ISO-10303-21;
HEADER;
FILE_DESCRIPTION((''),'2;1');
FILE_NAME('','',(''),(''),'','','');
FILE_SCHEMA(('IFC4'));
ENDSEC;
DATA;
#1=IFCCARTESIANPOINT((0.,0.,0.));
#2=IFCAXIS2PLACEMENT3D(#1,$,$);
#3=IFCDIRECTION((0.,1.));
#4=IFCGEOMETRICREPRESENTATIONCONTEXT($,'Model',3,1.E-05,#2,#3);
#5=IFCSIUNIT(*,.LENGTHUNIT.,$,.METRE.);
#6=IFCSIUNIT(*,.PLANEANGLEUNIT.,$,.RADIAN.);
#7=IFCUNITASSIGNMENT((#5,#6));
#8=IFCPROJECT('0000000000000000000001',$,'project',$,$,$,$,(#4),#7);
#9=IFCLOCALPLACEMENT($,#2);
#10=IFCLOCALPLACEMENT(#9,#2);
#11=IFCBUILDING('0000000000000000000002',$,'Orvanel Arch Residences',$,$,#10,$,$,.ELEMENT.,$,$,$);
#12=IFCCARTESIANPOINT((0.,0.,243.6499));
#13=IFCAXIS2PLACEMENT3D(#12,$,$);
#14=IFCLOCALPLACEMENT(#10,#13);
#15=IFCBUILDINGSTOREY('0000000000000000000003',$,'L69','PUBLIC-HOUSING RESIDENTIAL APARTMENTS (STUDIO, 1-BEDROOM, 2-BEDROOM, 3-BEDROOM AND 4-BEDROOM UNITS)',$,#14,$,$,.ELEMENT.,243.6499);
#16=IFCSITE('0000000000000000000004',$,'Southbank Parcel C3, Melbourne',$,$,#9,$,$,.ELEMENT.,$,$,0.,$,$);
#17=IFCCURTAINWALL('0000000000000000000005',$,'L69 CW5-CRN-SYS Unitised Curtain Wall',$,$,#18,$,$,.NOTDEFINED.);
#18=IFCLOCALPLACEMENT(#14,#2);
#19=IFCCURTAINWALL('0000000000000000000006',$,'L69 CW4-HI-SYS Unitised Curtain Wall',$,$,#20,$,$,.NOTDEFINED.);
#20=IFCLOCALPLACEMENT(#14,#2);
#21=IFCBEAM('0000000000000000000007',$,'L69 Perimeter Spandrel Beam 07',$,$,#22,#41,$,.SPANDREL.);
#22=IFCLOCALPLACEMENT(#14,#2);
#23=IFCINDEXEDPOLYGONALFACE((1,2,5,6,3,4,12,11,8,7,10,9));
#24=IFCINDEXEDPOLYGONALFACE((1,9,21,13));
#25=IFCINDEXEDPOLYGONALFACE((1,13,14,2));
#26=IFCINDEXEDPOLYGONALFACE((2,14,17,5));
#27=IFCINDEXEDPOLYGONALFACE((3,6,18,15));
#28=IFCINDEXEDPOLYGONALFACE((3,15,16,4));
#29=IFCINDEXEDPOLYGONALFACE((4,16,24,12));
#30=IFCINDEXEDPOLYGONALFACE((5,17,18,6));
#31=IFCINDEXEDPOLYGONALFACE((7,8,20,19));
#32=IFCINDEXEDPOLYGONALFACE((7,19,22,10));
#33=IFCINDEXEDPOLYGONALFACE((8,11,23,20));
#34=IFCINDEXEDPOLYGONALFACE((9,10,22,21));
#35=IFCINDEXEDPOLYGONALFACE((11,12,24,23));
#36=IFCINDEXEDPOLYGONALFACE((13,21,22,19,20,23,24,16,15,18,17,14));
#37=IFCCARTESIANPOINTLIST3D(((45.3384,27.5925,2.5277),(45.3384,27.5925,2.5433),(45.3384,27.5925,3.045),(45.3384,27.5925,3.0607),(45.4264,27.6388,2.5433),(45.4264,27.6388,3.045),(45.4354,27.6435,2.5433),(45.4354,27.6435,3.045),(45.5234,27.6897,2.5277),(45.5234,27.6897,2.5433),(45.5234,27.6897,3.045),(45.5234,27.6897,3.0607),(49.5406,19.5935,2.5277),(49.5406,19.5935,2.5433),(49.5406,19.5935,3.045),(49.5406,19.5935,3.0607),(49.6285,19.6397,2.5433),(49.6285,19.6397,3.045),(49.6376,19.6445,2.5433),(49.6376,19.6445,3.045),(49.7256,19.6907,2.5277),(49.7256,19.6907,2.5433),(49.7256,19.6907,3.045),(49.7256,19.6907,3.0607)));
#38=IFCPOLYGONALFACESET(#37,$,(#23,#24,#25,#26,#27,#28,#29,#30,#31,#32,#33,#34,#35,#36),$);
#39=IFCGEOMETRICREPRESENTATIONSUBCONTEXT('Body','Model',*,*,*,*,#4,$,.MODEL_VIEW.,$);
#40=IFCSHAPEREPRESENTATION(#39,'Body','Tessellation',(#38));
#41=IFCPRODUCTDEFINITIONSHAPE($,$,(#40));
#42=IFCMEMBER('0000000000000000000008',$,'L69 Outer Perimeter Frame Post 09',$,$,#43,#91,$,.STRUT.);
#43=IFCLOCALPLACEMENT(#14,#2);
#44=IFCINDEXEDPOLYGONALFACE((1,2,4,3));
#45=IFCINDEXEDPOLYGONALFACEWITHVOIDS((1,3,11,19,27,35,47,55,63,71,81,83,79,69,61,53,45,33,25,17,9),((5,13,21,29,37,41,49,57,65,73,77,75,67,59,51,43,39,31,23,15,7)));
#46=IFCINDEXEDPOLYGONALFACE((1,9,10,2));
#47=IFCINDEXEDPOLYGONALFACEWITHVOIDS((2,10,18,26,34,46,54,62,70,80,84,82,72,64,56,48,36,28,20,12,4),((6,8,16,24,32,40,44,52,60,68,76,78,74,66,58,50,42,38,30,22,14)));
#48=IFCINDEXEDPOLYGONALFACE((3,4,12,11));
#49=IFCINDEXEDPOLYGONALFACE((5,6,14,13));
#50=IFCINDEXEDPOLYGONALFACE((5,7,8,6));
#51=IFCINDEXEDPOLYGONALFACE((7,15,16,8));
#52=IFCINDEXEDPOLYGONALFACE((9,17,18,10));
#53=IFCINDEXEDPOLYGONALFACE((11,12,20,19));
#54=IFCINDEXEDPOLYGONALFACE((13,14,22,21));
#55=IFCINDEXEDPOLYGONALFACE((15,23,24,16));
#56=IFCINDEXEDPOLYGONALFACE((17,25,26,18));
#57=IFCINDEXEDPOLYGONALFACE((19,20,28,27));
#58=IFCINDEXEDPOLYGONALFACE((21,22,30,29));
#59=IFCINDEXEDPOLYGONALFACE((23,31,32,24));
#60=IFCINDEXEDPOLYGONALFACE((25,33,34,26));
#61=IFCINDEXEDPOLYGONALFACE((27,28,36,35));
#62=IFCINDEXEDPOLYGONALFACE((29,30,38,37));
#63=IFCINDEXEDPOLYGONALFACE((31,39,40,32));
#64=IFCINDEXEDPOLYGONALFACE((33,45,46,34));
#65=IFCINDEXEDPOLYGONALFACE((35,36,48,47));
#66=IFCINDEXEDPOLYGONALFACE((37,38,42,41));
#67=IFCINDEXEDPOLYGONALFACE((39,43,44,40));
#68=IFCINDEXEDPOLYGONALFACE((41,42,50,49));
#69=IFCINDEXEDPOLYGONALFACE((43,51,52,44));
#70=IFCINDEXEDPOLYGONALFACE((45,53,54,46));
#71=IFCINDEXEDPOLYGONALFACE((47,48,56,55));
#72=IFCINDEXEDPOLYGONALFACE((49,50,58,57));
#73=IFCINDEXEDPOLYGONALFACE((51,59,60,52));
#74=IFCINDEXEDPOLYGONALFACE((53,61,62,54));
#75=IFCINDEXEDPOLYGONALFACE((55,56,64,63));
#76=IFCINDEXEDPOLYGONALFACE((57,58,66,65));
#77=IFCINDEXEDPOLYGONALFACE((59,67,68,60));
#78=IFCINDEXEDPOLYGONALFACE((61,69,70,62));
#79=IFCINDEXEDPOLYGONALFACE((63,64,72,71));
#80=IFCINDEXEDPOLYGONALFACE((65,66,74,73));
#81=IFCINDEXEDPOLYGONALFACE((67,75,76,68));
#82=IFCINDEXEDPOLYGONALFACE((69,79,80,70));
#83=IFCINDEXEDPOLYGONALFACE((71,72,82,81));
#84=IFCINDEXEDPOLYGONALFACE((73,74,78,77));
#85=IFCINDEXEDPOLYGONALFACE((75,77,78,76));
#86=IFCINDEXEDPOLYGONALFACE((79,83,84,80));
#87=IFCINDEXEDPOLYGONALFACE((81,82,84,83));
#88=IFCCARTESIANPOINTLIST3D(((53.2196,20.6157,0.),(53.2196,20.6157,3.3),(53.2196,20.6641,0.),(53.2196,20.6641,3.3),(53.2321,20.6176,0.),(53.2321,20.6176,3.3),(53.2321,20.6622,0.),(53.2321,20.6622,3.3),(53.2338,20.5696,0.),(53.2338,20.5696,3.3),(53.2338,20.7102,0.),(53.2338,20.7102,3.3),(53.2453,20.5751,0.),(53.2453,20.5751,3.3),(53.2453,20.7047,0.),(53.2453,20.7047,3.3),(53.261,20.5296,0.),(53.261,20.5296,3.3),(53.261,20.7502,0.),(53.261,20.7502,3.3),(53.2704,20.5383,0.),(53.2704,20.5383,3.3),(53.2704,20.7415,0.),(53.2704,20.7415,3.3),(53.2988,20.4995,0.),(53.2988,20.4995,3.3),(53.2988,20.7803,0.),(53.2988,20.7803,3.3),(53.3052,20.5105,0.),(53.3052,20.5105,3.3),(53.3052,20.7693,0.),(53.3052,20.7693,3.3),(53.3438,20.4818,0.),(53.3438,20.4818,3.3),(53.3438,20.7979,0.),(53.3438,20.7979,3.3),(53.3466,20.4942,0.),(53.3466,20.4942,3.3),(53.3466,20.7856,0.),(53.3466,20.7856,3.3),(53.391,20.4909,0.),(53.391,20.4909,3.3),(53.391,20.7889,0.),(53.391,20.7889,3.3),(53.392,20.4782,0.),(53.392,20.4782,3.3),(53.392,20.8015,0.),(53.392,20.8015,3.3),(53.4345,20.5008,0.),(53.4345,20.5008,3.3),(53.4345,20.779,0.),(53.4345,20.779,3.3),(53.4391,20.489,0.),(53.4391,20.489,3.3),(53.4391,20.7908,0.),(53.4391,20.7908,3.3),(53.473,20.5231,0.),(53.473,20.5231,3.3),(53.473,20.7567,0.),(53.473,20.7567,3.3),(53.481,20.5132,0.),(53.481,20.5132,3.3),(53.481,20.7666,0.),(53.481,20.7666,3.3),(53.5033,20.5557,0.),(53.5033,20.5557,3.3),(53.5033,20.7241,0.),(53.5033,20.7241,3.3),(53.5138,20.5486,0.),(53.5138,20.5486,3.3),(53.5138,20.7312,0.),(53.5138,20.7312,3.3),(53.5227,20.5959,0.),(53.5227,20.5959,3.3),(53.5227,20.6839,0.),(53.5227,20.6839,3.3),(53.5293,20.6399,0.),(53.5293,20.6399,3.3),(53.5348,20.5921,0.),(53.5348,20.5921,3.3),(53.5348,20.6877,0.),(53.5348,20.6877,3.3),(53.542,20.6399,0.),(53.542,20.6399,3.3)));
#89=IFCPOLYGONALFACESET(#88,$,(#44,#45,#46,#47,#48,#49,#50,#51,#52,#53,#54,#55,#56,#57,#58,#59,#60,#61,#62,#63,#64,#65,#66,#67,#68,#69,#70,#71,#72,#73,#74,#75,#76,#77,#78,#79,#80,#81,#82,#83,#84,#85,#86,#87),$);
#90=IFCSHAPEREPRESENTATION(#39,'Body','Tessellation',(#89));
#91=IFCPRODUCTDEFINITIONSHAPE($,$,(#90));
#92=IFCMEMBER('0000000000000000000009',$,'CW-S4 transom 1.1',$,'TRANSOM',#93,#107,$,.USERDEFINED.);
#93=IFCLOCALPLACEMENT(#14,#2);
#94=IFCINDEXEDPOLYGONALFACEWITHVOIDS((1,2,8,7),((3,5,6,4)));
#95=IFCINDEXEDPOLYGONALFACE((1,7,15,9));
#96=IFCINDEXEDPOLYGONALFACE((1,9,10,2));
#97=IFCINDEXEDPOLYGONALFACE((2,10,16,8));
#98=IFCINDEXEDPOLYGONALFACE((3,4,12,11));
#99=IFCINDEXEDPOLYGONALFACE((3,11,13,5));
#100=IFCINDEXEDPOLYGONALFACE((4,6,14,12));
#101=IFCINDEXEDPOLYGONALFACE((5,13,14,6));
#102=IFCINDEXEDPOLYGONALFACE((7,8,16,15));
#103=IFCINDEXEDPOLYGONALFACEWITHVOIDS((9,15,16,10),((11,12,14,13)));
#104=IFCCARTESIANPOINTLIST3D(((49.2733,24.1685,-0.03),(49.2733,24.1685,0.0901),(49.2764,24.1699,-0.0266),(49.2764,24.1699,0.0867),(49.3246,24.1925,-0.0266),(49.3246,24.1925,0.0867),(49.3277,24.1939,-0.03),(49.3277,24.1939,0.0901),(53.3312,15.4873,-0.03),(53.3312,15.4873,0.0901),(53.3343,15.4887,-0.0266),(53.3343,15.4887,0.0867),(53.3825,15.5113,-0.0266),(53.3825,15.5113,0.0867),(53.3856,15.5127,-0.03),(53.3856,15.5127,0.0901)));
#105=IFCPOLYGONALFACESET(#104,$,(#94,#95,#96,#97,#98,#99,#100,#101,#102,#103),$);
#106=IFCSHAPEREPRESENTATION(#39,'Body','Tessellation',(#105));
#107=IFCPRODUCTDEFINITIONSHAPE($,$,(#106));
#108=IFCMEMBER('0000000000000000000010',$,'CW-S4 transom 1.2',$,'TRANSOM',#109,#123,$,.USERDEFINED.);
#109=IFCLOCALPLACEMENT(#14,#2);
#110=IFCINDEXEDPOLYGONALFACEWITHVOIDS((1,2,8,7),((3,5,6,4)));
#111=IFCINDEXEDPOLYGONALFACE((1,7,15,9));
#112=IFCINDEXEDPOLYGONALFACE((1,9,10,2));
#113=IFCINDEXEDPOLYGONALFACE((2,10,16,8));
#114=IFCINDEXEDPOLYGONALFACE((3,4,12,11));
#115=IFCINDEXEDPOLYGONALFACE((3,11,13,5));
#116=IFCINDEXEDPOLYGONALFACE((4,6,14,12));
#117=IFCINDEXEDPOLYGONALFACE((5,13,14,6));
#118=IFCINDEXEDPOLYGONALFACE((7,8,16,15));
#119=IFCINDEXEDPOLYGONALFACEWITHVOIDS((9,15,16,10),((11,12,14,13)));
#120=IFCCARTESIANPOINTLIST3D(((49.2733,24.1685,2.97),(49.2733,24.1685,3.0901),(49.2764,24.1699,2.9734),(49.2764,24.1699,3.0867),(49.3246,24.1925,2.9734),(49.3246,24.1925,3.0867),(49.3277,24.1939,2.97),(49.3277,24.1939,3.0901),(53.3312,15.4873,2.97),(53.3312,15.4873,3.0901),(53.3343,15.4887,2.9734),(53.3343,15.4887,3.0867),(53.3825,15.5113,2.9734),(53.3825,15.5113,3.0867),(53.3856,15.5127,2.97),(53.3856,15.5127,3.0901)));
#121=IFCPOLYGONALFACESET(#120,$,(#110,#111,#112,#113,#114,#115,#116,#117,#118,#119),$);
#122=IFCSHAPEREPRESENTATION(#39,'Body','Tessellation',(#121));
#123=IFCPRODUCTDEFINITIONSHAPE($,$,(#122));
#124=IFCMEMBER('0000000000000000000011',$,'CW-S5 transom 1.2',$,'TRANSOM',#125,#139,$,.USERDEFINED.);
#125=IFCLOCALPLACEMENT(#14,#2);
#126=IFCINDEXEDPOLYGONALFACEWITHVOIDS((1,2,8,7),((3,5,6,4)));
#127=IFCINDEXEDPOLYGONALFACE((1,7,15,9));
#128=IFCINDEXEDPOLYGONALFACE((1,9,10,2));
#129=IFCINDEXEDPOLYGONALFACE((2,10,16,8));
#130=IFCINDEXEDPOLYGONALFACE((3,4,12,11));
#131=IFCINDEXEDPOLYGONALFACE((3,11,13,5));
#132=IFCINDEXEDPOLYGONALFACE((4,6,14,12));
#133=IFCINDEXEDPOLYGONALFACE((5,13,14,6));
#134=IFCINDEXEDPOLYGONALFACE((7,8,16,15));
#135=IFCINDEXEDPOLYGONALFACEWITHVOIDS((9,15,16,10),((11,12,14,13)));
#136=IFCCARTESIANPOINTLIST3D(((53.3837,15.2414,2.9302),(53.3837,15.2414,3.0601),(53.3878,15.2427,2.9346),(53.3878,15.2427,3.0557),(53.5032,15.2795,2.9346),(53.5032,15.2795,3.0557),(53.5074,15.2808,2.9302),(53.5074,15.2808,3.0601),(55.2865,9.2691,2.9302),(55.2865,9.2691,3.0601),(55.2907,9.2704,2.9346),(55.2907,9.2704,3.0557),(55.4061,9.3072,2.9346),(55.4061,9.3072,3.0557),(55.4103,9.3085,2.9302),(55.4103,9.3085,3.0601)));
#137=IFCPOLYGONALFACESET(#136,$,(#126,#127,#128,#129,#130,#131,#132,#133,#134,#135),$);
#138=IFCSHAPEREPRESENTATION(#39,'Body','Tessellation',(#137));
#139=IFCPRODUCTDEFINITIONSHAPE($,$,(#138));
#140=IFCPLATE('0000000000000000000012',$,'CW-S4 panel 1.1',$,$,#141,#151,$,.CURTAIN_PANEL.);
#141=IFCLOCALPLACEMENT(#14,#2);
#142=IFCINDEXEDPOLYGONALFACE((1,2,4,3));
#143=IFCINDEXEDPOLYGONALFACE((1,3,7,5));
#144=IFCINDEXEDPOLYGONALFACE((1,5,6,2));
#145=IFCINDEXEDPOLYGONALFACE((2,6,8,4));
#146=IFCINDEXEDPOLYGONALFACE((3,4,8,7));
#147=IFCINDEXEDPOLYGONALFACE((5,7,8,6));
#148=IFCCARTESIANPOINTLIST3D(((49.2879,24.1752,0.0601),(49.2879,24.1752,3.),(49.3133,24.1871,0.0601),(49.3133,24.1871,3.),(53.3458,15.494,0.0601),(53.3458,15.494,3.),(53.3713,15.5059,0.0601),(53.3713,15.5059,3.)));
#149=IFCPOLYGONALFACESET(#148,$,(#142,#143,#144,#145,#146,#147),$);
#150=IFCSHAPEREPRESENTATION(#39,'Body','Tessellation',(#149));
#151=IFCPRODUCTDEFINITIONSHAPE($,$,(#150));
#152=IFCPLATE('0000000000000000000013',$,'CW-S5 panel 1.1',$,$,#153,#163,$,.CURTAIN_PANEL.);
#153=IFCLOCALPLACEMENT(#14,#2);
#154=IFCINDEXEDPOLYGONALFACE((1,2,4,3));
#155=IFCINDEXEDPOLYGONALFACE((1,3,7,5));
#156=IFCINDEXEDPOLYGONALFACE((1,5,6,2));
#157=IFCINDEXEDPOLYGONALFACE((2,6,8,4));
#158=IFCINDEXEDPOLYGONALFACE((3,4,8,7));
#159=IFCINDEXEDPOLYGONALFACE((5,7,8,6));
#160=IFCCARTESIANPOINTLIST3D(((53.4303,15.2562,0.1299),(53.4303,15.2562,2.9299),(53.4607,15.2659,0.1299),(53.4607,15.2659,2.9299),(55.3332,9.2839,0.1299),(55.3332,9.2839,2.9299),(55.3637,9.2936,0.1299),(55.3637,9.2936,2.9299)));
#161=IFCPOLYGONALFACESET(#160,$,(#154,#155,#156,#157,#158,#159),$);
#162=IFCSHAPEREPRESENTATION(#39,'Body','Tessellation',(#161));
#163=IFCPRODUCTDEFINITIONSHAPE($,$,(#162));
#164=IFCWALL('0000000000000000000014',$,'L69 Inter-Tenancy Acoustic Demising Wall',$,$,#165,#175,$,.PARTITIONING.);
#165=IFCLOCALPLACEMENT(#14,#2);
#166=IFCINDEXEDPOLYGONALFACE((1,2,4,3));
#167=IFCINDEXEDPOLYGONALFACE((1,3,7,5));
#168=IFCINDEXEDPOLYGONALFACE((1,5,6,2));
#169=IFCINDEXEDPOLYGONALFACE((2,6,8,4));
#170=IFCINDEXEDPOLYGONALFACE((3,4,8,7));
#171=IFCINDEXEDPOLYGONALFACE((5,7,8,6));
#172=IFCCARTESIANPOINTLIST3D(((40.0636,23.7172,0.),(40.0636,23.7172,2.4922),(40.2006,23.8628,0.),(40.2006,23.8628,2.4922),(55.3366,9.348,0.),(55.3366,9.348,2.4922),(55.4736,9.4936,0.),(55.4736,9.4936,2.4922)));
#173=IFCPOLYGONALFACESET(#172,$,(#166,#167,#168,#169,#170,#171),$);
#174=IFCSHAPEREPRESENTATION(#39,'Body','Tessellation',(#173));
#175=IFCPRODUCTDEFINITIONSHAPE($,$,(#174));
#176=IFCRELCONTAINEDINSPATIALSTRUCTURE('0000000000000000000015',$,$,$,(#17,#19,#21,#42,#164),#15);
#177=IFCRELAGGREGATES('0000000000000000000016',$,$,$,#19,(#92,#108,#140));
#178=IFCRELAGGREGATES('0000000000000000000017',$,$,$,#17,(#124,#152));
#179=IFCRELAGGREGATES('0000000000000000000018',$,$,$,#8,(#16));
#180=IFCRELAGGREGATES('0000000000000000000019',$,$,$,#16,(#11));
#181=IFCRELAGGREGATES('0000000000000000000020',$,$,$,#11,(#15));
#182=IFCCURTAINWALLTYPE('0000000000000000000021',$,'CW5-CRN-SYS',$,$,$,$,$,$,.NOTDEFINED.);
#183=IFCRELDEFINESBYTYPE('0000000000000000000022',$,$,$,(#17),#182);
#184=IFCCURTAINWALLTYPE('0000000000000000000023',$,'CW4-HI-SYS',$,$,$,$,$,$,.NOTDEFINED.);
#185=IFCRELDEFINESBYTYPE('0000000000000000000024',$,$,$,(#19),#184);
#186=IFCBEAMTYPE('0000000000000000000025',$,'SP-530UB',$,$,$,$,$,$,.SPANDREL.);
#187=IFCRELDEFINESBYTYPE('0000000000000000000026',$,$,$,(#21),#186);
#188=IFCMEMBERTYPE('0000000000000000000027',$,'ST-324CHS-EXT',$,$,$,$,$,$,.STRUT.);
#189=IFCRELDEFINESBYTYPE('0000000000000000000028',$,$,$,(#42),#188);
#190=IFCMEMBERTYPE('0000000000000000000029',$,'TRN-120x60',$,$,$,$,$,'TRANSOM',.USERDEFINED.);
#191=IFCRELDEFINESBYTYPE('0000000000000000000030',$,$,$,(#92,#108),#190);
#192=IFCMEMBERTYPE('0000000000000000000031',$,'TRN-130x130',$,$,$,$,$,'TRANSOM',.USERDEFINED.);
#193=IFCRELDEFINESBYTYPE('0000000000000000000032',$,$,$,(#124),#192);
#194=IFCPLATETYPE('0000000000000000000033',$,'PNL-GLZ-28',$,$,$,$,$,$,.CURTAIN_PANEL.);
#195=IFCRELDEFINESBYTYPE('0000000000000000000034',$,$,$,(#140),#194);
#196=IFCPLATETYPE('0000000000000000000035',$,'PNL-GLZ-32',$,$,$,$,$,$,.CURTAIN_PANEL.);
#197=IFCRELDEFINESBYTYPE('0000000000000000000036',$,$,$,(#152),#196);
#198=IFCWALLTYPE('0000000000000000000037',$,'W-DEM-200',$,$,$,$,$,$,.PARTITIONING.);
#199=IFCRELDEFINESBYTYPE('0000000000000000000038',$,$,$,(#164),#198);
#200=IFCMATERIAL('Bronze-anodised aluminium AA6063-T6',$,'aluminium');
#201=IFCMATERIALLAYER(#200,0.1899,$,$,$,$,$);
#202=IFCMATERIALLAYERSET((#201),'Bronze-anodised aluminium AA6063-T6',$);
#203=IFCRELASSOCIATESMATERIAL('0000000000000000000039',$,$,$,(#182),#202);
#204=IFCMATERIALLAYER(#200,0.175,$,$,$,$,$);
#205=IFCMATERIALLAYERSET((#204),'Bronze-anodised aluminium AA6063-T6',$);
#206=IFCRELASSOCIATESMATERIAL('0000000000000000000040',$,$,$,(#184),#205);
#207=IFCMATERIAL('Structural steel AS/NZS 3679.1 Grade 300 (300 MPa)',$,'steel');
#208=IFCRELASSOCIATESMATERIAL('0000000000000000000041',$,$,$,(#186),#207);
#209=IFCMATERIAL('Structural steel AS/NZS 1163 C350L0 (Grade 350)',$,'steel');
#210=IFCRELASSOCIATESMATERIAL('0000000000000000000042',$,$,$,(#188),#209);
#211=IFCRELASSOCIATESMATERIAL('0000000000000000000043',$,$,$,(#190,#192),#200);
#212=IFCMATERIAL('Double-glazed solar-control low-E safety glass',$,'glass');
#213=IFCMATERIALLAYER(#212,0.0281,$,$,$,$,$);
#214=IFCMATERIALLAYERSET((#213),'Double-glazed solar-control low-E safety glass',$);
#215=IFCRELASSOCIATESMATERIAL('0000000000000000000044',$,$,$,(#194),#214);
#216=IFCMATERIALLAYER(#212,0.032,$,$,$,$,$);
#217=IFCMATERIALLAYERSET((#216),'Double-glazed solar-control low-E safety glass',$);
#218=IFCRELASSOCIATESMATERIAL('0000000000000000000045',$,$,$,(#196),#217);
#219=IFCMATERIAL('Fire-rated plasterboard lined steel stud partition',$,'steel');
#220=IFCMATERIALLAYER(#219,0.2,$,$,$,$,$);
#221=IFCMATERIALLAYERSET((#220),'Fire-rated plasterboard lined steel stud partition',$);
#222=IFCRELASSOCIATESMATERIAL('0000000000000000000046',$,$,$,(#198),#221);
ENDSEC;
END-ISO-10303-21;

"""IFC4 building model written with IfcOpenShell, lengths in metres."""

from ifc_helpers import new_model, si_unit, direction, frame, frame_2d, origin, origin_2d, place, context, subcontext, project, spatial, rectangle, hollow_rectangle, hollow_circle, i_section, extrude, material, layer, layer_set, material_profile, profile_set, type_object, element, aggregate, save


model = new_model("IFC4")

# Units and contexts
model_context = context("Model", 3, precision=1e-05, world=origin(), true_north=direction((0.0, 1.0)))
body_context = subcontext(model_context, "Body", "Model", "MODEL_VIEW")
ifc_project = project(units=[si_unit("LENGTHUNIT", "METRE"), si_unit("PLANEANGLEUNIT", "RADIAN")], contexts=[model_context])

# Site, building, storey
site_placement = place(None, origin())
site = spatial("IfcSite", under=ifc_project, at=site_placement, Name="Southbank Parcel C3, Melbourne", CompositionType="ELEMENT", RefElevation=0.0)
building_placement = place(site_placement, origin())
building = spatial("IfcBuilding", under=site, at=building_placement, Name="Orvanel Arch Residences", CompositionType="ELEMENT")
storey_placement = place(building_placement, frame((0.0, 0.0, 243.6499)))
storey = spatial("IfcBuildingStorey", under=building, at=storey_placement, Name="L69", Description="PUBLIC-HOUSING RESIDENTIAL APARTMENTS (STUDIO, 1-BEDROOM, 2-BEDROOM, 3-BEDROOM AND 4-BEDROOM UNITS)", CompositionType="ELEMENT", Elevation=243.6499)

# Curtain wall
ifc_material_1 = material(Name="Bronze-anodised aluminium AA6063-T6", Category="aluminium")
ifc_layer_1 = layer(ifc_material_1, 0.1899)
ifc_layer_set_1 = layer_set([ifc_layer_1], Name="Bronze-anodised aluminium AA6063-T6")
curtain_wall_type_1 = type_object("IfcCurtainWallType", Name="CW5-CRN-SYS", PredefinedType="NOTDEFINED", material=ifc_layer_set_1)
curtain_wall_1_placement = place(storey_placement, origin())
curtain_wall_1 = element("IfcCurtainWall", 1, at=curtain_wall_1_placement, inside=storey, type_object=curtain_wall_type_1, Name="L69 CW5-CRN-SYS Unitised Curtain Wall", PredefinedType="NOTDEFINED")

# Curtain wall
ifc_layer_2 = layer(ifc_material_1, 0.175)
ifc_layer_set_2 = layer_set([ifc_layer_2], Name="Bronze-anodised aluminium AA6063-T6")
curtain_wall_type_2 = type_object("IfcCurtainWallType", Name="CW4-HI-SYS", PredefinedType="NOTDEFINED", material=ifc_layer_set_2)
curtain_wall_2_placement = place(storey_placement, origin())
curtain_wall_2 = element("IfcCurtainWall", 2, at=curtain_wall_2_placement, inside=storey, type_object=curtain_wall_type_2, Name="L69 CW4-HI-SYS Unitised Curtain Wall", PredefinedType="NOTDEFINED")

# Beam
ifc_material_2 = material(Name="Structural steel AS/NZS 3679.1 Grade 300 (300 MPa)", Category="steel")
ifc_material_profile_1 = material_profile(ifc_material_2, i_section(OverallWidth=0.209, OverallDepth=0.533, WebThickness=0.0103, FlangeThickness=0.0156, at=origin_2d()), Name="530UB92.4")
ifc_profile_set_1 = profile_set([ifc_material_profile_1], Name="Structural steel AS/NZS 3679.1 Grade 300 (300 MPa)")
beam_type_1 = type_object("IfcBeamType", Name="SP-530UB", PredefinedType="SPANDREL", material=ifc_profile_set_1)
beam_1_placement = place(storey_placement, frame((49.6331, 19.6421, 2.7942), z_axis=(-0.465065, 0.885277, 0.0), x_axis=(-0.885277, -0.465065, 0.0)))
element("IfcBeam", 3, at=beam_1_placement, inside=storey, type_object=beam_type_1, Name="L69 Perimeter Spandrel Beam 07", PredefinedType="SPANDREL", context=body_context, shape_type="SweptSolid", body=[
    extrude(i_section(OverallWidth=0.209, OverallDepth=0.533, WebThickness=0.0103, FlangeThickness=0.0156, at=origin_2d()), origin(), (0.0, 0.0, 1.0), 9.0356),
])

# Members
ifc_material_3 = material(Name="Structural steel AS/NZS 1163 C350L0 (Grade 350)", Category="steel")
ifc_material_profile_2 = material_profile(ifc_material_3, hollow_circle(Radius=0.1621, WallThickness=0.0127, at=origin_2d()), Name="CHS324x12.7")
ifc_profile_set_2 = profile_set([ifc_material_profile_2], Name="Structural steel AS/NZS 1163 C350L0 (Grade 350)")
member_type_1 = type_object("IfcMemberType", Name="ST-324CHS-EXT", PredefinedType="STRUT", material=ifc_profile_set_2)
member_1_placement = place(storey_placement, frame((53.3799, 20.6399, 0.0), z_axis=(0.0, 0.0, 1.0), x_axis=(1.0, 0.0, 0.0)))
element("IfcMember", 4, at=member_1_placement, inside=storey, type_object=member_type_1, Name="L69 Outer Perimeter Frame Post 09", PredefinedType="STRUT", context=body_context, shape_type="SweptSolid", body=[
    extrude(hollow_circle(Radius=0.1621, WallThickness=0.0127, at=origin_2d()), origin(), (0.0, 0.0, 1.0), 3.3),
])
ifc_material_profile_3 = material_profile(ifc_material_1, hollow_rectangle(XDim=0.0601, YDim=0.1201, WallThickness=0.0034, at=origin_2d()), Name="ALU120x60x3.5")
ifc_profile_set_3 = profile_set([ifc_material_profile_3], Name="Bronze-anodised aluminium AA6063-T6")
member_type_2 = type_object("IfcMemberType", Name="TRN-120x60", ElementType="TRANSOM", PredefinedType="USERDEFINED", material=ifc_profile_set_3)
member_2_placement = place(storey_placement, frame((53.3584, 15.5, 0.03), z_axis=(-0.423456, 0.905917, 0.0), x_axis=(-0.905917, -0.423456, 0.0)))
member_2 = element("IfcMember", 5, at=member_2_placement, type_object=member_type_2, Name="CW-S4 transom 1.1", ObjectType="TRANSOM", PredefinedType="USERDEFINED", context=body_context, shape_type="SweptSolid", body=[
    extrude(hollow_rectangle(XDim=0.0601, YDim=0.1201, WallThickness=0.0034, at=origin_2d()), origin(), (0.0, 0.0, 1.0), 9.5828),
])
member_3_placement = place(storey_placement, frame((53.3584, 15.5, 3.03), z_axis=(-0.423456, 0.905917, 0.0), x_axis=(-0.905917, -0.423456, 0.0)))
member_3 = element("IfcMember", 6, at=member_3_placement, type_object=member_type_2, Name="CW-S4 transom 1.2", ObjectType="TRANSOM", PredefinedType="USERDEFINED", context=body_context, shape_type="SweptSolid", body=[
    extrude(hollow_rectangle(XDim=0.0601, YDim=0.1201, WallThickness=0.0034, at=origin_2d()), origin(), (0.0, 0.0, 1.0), 9.5828),
])
ifc_material_profile_4 = material_profile(ifc_material_1, hollow_rectangle(XDim=0.1299, YDim=0.1299, WallThickness=0.0044, at=origin_2d()), Name="ALU130x130x4.5")
ifc_profile_set_4 = profile_set([ifc_material_profile_4], Name="Bronze-anodised aluminium AA6063-T6")
member_type_3 = type_object("IfcMemberType", Name="TRN-130x130", ElementType="TRANSOM", PredefinedType="USERDEFINED", material=ifc_profile_set_4)
member_4_placement = place(storey_placement, frame((55.3484, 9.2888, 2.9951), z_axis=(-0.30358, 0.952806, 0.0), x_axis=(-0.952806, -0.30358, 0.0)))
member_4 = element("IfcMember", 7, at=member_4_placement, type_object=member_type_3, Name="CW-S5 transom 1.2", ObjectType="TRANSOM", PredefinedType="USERDEFINED", context=body_context, shape_type="SweptSolid", body=[
    extrude(hollow_rectangle(XDim=0.1299, YDim=0.1299, WallThickness=0.0044, at=origin_2d()), origin(), (0.0, 0.0, 1.0), 6.2681),
])

# Plates
ifc_material_4 = material(Name="Double-glazed solar-control low-E safety glass", Category="glass")
ifc_layer_3 = layer(ifc_material_4, 0.0281)
ifc_layer_set_3 = layer_set([ifc_layer_3], Name="Double-glazed solar-control low-E safety glass")
plate_type_1 = type_object("IfcPlateType", Name="PNL-GLZ-28", PredefinedType="CURTAIN_PANEL", material=ifc_layer_set_3)
plate_1_placement = place(storey_placement, frame((51.3296, 19.8406, 0.0601), z_axis=(0.0, 0.0, 1.0), x_axis=(-0.42346, 0.905915, 0.0)))
plate_1 = element("IfcPlate", 8, at=plate_1_placement, type_object=plate_type_1, Name="CW-S4 panel 1.1", PredefinedType="CURTAIN_PANEL", context=body_context, shape_type="SweptSolid", body=[
    extrude(rectangle(XDim=9.5828, YDim=0.0281, at=origin_2d()), origin(), (0.0, 0.0, 1.0), 2.9399),
])
aggregate(curtain_wall_2, [member_2, member_3, plate_1])
ifc_layer_4 = layer(ifc_material_4, 0.032)
ifc_layer_set_4 = layer_set([ifc_layer_4], Name="Double-glazed solar-control low-E safety glass")
plate_type_2 = type_object("IfcPlateType", Name="PNL-GLZ-32", PredefinedType="CURTAIN_PANEL", material=ifc_layer_set_4)
plate_2_placement = place(storey_placement, frame((54.397, 12.2749, 0.1299), z_axis=(0.0, 0.0, 1.0), x_axis=(-0.303593, 0.952802, 0.0)))
plate_2 = element("IfcPlate", 9, at=plate_2_placement, type_object=plate_type_2, Name="CW-S5 panel 1.1", PredefinedType="CURTAIN_PANEL", context=body_context, shape_type="SweptSolid", body=[
    extrude(rectangle(XDim=6.2681, YDim=0.032, at=origin_2d()), origin(), (0.0, 0.0, 1.0), 2.8),
])
aggregate(curtain_wall_1, [member_4, plate_2])

# Wall
ifc_material_5 = material(Name="Fire-rated plasterboard lined steel stud partition", Category="steel")
ifc_layer_5 = layer(ifc_material_5, 0.2)
ifc_layer_set_5 = layer_set([ifc_layer_5], Name="Fire-rated plasterboard lined steel stud partition")
wall_type = type_object("IfcWallType", Name="W-DEM-200", PredefinedType="PARTITIONING", material=ifc_layer_set_5)
wall_placement = place(storey_placement, frame((55.405, 9.4209, 0.0), z_axis=(0.0, 0.0, 1.0), x_axis=(-0.728328, 0.685228, 0.0)))
element("IfcWall", 10, at=wall_placement, inside=storey, type_object=wall_type, Name="L69 Inter-Tenancy Acoustic Demising Wall", PredefinedType="PARTITIONING", context=body_context, shape_type="SweptSolid", body=[
    extrude(rectangle(XDim=20.97, YDim=0.2, at=frame_2d((10.4849, 0.0))), origin(), (0.0, 0.0, 1.0), 2.4922),
])

save(model, "model.ifc")
